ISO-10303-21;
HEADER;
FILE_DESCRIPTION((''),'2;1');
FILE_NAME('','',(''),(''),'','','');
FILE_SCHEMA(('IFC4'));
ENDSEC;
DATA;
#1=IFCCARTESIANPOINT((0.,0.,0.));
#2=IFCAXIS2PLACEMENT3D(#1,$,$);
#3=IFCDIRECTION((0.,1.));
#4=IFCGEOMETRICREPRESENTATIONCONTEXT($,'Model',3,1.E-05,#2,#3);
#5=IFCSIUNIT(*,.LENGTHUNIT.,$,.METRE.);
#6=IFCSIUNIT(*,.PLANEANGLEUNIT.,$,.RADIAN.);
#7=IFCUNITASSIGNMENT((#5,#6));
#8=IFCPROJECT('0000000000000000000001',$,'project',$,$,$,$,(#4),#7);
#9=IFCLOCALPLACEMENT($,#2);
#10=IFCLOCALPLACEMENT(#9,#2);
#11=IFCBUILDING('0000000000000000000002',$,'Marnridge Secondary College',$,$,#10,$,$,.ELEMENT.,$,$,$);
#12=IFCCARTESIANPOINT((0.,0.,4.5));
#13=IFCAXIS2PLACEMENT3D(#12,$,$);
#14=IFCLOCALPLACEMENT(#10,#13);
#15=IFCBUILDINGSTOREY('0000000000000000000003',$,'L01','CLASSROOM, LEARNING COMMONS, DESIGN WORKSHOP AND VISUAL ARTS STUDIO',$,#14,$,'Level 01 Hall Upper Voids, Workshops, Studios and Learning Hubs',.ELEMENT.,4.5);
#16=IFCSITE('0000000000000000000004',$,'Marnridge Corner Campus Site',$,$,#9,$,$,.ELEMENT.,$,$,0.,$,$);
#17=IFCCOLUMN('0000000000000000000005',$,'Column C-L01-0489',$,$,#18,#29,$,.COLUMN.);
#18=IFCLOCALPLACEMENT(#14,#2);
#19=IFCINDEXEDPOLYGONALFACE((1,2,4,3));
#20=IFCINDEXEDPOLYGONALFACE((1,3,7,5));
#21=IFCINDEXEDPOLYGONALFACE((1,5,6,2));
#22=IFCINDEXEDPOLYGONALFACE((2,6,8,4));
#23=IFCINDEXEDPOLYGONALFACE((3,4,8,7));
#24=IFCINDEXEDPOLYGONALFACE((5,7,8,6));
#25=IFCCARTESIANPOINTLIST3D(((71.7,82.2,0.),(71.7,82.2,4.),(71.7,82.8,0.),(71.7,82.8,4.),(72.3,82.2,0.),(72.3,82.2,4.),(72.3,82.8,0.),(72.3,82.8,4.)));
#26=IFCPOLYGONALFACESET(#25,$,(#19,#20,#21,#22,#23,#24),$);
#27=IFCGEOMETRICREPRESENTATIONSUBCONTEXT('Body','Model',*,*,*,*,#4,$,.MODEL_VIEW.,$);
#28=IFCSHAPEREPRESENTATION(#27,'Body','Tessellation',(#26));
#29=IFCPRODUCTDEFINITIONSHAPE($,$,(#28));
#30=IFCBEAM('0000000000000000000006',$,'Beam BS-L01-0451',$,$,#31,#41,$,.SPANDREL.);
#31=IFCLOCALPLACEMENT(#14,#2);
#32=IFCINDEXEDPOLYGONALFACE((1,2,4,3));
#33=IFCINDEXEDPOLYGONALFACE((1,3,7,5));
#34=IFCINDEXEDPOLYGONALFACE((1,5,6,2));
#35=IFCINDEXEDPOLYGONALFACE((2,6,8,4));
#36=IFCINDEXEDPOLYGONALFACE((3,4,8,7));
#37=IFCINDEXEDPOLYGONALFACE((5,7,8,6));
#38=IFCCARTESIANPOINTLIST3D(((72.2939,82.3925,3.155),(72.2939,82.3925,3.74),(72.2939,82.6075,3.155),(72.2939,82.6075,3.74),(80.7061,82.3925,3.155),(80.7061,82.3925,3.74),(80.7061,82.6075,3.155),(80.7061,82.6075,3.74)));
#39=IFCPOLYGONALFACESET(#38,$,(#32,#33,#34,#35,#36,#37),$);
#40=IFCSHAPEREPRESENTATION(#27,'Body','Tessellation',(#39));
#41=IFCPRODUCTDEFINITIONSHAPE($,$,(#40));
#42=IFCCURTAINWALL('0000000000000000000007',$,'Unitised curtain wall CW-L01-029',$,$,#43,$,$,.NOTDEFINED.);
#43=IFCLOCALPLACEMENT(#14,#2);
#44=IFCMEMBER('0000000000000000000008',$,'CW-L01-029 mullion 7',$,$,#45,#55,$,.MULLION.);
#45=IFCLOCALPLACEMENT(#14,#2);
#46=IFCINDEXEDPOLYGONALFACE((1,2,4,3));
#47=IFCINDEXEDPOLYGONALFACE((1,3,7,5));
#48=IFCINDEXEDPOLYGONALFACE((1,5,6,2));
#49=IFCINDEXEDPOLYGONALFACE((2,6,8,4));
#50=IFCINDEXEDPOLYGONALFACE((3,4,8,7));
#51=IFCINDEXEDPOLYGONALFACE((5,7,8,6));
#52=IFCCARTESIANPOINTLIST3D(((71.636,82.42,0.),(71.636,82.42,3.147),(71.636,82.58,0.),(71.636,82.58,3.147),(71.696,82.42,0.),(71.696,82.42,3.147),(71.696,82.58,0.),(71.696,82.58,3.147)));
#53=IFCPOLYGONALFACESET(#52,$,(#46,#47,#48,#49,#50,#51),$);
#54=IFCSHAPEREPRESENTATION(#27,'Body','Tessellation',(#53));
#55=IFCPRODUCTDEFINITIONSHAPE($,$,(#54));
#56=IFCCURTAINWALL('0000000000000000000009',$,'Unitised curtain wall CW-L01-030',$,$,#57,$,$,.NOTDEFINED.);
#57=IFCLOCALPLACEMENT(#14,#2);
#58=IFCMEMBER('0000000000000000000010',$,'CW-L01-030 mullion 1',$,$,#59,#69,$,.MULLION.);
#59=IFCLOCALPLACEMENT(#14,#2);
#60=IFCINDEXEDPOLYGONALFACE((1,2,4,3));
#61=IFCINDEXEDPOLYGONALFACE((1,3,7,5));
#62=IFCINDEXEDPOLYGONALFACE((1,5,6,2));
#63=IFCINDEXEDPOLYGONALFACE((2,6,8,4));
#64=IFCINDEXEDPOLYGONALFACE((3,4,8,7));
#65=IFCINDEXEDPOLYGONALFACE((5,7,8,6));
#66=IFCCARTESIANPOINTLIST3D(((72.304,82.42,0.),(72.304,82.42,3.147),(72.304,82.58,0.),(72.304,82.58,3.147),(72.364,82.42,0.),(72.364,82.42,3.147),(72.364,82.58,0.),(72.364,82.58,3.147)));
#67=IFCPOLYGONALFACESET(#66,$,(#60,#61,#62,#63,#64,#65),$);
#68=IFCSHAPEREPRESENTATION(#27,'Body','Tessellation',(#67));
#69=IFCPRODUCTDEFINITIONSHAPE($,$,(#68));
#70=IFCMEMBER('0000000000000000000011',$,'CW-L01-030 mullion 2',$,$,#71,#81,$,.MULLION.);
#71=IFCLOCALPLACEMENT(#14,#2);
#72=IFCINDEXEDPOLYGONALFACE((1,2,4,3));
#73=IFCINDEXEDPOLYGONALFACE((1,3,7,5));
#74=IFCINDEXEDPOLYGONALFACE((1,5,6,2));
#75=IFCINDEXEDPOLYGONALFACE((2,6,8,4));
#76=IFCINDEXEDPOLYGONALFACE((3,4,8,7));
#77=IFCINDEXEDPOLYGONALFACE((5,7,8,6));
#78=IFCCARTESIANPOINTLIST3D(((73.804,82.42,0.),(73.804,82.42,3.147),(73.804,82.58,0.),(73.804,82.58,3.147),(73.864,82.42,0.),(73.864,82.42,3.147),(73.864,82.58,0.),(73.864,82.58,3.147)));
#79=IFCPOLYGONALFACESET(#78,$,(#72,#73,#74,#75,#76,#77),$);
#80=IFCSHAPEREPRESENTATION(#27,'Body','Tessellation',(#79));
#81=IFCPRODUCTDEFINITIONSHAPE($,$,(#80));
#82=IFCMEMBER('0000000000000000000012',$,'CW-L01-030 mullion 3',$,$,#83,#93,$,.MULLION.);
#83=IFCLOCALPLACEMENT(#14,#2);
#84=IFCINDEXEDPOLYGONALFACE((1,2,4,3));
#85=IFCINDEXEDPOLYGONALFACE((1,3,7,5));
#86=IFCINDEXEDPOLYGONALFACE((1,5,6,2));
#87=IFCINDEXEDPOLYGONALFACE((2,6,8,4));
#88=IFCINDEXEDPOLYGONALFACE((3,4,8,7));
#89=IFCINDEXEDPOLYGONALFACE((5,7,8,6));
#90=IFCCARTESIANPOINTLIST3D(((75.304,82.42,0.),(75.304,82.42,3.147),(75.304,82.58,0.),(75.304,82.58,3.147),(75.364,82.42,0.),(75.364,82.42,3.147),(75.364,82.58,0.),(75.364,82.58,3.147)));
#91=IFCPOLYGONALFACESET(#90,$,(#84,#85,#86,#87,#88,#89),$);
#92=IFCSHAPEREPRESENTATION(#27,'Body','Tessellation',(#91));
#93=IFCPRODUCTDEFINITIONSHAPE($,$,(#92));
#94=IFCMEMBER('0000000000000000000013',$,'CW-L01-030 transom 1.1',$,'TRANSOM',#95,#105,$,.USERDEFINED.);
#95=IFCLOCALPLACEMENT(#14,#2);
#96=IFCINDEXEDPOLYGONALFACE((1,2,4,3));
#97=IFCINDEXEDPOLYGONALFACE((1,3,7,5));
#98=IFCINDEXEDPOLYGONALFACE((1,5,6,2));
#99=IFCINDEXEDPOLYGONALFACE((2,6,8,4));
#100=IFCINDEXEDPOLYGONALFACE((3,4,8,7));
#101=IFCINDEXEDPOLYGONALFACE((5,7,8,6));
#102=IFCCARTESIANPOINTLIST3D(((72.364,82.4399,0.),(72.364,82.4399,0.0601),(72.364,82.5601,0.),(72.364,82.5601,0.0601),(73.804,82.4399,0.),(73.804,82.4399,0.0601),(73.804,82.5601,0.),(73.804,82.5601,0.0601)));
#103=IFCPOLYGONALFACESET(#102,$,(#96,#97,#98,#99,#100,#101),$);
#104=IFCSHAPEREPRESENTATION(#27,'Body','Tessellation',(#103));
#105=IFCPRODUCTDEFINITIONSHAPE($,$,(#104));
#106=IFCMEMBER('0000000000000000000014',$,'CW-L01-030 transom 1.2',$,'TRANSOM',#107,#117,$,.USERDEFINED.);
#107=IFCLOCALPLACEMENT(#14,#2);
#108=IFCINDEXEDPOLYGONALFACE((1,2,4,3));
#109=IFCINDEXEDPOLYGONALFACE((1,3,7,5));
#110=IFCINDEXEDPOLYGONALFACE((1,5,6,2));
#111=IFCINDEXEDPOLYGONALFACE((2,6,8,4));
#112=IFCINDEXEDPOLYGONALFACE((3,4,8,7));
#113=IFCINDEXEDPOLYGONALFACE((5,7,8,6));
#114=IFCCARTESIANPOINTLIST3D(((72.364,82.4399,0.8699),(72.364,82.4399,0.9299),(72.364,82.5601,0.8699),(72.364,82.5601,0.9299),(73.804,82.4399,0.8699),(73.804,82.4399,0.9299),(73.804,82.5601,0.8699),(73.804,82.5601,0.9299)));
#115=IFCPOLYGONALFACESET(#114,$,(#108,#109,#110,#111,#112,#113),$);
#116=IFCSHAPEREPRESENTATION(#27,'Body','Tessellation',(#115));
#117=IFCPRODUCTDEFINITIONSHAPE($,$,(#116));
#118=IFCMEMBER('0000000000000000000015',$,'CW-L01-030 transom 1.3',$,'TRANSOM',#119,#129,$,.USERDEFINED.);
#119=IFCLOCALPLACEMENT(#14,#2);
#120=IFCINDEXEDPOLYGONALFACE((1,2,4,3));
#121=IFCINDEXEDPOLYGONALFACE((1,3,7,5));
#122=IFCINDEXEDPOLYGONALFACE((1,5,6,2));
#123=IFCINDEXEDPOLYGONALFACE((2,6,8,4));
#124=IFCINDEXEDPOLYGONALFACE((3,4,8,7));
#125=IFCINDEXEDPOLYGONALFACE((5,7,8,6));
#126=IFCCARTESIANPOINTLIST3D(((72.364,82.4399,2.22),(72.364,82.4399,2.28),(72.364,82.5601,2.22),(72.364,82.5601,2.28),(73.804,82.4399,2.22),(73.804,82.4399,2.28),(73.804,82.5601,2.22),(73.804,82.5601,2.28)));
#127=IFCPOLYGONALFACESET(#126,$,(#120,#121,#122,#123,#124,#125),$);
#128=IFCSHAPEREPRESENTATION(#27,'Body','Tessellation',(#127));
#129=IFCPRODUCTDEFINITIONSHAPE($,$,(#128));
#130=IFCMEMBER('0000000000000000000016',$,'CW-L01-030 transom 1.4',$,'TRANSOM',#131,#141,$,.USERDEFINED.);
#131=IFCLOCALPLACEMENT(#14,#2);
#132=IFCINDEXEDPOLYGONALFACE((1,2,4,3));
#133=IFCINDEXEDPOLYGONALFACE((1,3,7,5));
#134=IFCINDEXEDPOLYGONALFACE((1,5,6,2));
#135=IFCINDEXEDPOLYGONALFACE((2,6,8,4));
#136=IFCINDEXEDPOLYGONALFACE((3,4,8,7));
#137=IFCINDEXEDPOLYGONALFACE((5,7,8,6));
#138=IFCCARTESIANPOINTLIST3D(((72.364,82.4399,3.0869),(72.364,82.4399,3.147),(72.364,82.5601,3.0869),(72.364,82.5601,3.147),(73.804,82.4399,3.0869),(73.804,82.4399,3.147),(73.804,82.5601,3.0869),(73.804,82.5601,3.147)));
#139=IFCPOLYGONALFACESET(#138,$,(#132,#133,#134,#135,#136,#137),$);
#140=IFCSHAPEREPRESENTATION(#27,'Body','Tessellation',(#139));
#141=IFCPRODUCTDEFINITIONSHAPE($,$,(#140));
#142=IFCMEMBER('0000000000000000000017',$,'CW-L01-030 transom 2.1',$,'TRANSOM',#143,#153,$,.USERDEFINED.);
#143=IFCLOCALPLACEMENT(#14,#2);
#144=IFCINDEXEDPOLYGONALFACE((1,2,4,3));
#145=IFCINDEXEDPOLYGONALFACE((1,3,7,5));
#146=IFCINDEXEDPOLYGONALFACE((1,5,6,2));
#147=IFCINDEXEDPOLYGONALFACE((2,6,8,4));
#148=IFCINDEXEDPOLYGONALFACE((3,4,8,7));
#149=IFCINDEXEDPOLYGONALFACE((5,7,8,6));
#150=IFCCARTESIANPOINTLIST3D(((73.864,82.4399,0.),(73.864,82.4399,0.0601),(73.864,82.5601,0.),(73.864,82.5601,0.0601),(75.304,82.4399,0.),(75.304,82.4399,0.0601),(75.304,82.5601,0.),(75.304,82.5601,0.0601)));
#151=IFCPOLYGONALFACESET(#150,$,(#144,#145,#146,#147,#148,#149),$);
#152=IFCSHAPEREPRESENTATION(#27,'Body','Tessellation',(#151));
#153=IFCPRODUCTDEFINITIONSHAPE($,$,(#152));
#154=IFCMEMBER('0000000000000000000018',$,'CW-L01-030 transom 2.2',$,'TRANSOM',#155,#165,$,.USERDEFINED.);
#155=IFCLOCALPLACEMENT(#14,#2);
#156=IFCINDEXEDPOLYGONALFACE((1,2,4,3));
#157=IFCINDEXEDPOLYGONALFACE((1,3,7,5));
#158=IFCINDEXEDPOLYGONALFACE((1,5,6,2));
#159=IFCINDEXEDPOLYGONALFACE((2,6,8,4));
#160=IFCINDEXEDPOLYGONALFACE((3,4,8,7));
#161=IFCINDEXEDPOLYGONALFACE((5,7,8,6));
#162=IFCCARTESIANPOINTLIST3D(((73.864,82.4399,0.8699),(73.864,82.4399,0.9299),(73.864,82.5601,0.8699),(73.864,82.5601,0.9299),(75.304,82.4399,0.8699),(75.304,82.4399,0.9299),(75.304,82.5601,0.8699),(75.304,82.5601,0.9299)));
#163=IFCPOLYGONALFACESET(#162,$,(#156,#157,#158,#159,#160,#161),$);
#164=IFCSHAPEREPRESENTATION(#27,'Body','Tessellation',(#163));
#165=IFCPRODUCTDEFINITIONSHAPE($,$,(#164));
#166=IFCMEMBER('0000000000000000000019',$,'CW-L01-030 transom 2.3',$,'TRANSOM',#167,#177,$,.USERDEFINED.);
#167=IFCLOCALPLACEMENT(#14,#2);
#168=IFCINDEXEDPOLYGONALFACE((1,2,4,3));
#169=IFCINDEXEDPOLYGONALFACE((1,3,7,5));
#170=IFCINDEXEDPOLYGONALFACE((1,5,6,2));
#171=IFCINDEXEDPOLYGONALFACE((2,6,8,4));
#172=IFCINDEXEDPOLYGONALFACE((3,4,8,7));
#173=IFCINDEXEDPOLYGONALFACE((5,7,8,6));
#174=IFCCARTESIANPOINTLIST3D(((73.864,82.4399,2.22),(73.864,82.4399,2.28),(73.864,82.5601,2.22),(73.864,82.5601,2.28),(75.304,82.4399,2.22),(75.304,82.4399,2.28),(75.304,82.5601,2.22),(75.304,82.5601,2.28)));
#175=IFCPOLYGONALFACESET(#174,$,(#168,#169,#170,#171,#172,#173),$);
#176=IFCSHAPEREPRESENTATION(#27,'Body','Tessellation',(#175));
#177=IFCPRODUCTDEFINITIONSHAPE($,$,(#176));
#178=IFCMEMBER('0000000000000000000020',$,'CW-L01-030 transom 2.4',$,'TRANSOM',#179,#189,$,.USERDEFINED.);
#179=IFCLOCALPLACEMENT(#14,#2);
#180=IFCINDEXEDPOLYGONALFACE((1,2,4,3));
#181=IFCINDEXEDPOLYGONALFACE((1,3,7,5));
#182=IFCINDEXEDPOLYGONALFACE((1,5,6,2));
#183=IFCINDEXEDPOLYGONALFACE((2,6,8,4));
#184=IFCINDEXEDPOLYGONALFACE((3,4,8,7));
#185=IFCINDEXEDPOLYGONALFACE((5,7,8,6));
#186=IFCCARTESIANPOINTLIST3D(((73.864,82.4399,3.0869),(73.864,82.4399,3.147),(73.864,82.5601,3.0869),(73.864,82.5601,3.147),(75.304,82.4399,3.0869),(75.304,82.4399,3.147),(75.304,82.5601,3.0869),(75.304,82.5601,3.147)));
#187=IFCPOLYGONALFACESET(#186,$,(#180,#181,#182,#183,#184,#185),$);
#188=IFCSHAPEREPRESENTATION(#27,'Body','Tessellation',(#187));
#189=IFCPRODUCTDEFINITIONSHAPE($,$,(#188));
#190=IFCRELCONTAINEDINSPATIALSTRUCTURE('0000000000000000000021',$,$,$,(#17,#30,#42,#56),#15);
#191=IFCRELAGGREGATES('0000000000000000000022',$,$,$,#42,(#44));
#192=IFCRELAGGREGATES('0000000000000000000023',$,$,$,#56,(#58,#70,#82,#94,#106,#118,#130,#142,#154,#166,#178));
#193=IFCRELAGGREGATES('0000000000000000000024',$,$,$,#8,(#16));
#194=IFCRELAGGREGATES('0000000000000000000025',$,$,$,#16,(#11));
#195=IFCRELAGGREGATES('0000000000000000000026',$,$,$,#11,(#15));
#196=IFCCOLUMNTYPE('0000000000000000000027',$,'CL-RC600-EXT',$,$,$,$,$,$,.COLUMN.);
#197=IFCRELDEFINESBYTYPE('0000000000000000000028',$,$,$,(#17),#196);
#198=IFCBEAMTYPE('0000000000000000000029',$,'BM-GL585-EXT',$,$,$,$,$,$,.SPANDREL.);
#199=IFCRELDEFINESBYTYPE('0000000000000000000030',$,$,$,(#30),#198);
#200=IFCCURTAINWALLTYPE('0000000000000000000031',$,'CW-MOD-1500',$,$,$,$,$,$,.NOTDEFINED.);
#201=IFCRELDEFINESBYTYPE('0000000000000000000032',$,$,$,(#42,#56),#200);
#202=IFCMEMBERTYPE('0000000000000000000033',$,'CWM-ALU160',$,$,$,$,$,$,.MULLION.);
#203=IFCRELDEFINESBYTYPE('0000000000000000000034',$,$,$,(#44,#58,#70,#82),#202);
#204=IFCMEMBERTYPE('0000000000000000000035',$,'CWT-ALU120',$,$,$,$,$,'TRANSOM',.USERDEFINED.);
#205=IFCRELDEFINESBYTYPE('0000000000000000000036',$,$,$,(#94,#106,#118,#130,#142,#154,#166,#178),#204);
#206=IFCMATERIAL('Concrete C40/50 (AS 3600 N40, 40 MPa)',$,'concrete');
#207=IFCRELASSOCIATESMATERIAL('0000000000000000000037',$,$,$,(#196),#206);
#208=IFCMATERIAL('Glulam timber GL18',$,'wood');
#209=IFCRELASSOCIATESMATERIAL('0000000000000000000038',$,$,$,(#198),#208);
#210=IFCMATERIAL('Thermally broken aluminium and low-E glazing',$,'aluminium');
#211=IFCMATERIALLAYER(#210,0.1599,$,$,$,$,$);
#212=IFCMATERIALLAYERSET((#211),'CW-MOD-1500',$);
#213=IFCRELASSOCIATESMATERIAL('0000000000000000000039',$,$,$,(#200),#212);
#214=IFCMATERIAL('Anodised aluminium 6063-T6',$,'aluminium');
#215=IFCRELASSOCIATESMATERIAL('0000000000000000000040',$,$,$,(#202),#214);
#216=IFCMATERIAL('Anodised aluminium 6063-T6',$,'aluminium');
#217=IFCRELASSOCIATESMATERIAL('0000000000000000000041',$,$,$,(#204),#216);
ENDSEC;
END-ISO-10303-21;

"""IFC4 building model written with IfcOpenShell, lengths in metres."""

from ifc_helpers import new_model, si_unit, direction, frame, origin, origin_2d, place, context, subcontext, project, spatial, rectangle, extrude, material, layer, layer_set, material_profile, profile_set, type_object, element, aggregate, save


model = new_model("IFC4")

# Units and contexts
model_context = context("Model", 3, precision=1e-05, world=origin(), true_north=direction((0.0, 1.0)))
body_context = subcontext(model_context, "Body", "Model", "MODEL_VIEW")
ifc_project = project(units=[si_unit("LENGTHUNIT", "METRE"), si_unit("PLANEANGLEUNIT", "RADIAN")], contexts=[model_context])

# Site, building, storey
site_placement = place(None, origin())
site = spatial("IfcSite", under=ifc_project, at=site_placement, Name="Marnridge Corner Campus Site", CompositionType="ELEMENT", RefElevation=0.0)
building_placement = place(site_placement, origin())
building = spatial("IfcBuilding", under=site, at=building_placement, Name="Marnridge Secondary College", CompositionType="ELEMENT")
storey_placement = place(building_placement, frame((0.0, 0.0, 4.5)))
storey = spatial("IfcBuildingStorey", under=building, at=storey_placement, Name="L01", Description="CLASSROOM, LEARNING COMMONS, DESIGN WORKSHOP AND VISUAL ARTS STUDIO", LongName="Level 01 Hall Upper Voids, Workshops, Studios and Learning Hubs", CompositionType="ELEMENT", Elevation=4.5)

# Column
ifc_material_1 = material(Name="Concrete C40/50 (AS 3600 N40, 40 MPa)", Category="concrete")
ifc_material_profile_1 = material_profile(ifc_material_1, rectangle(XDim=0.6001, YDim=0.6001, at=origin_2d()), Name="RC 600x600")
ifc_profile_set_1 = profile_set([ifc_material_profile_1], Name="Concrete C40/50 (AS 3600 N40, 40 MPa)")
column_type = type_object("IfcColumnType", Name="CL-RC600-EXT", PredefinedType="COLUMN", material=ifc_profile_set_1)
column_placement = place(storey_placement, frame((72.0, 82.5, 0.0), z_axis=(0.0, 0.0, 1.0), x_axis=(1.0, 0.0, 0.0)))
element("IfcColumn", 1, at=column_placement, inside=storey, type_object=column_type, Name="Column C-L01-0489", PredefinedType="COLUMN", context=body_context, shape_type="SweptSolid", body=[
    extrude(rectangle(XDim=0.6001, YDim=0.6001, at=origin_2d()), origin(), (0.0, 0.0, 1.0), 4.0),
])

# Beam
ifc_material_2 = material(Name="Glulam timber GL18", Category="wood")
ifc_material_profile_2 = material_profile(ifc_material_2, rectangle(XDim=0.2151, YDim=0.585, at=origin_2d()), Name="GL18 215x585")
ifc_profile_set_2 = profile_set([ifc_material_profile_2], Name="Glulam timber GL18")
beam_type = type_object("IfcBeamType", Name="BM-GL585-EXT", PredefinedType="SPANDREL", material=ifc_profile_set_2)
beam_placement = place(storey_placement, frame((72.2939, 82.5, 3.4475), z_axis=(1.0, 0.0, 0.0), x_axis=(0.0, 1.0, 0.0)))
element("IfcBeam", 2, at=beam_placement, inside=storey, type_object=beam_type, Name="Beam BS-L01-0451", PredefinedType="SPANDREL", context=body_context, shape_type="SweptSolid", body=[
    extrude(rectangle(XDim=0.2151, YDim=0.585, at=origin_2d()), origin(), (0.0, 0.0, 1.0), 8.4121),
])

# Curtain wall, member
ifc_material_3 = material(Name="Thermally broken aluminium and low-E glazing", Category="aluminium")
ifc_layer_1 = layer(ifc_material_3, 0.1599)
ifc_layer_set_1 = layer_set([ifc_layer_1], Name="CW-MOD-1500")
curtain_wall_type = type_object("IfcCurtainWallType", Name="CW-MOD-1500", PredefinedType="NOTDEFINED", material=ifc_layer_set_1)
curtain_wall_1_placement = place(storey_placement, origin())
curtain_wall_1 = element("IfcCurtainWall", 3, at=curtain_wall_1_placement, inside=storey, type_object=curtain_wall_type, Name="Unitised curtain wall CW-L01-029", PredefinedType="NOTDEFINED")
ifc_material_4 = material(Name="Anodised aluminium 6063-T6", Category="aluminium")
ifc_material_profile_3 = material_profile(ifc_material_4, rectangle(XDim=0.0601, YDim=0.1599, at=origin_2d()), Name="ALU 60x160")
ifc_profile_set_3 = profile_set([ifc_material_profile_3], Name="Anodised aluminium 6063-T6")
member_type_1 = type_object("IfcMemberType", Name="CWM-ALU160", PredefinedType="MULLION", material=ifc_profile_set_3)
member_1_placement = place(storey_placement, frame((71.666, 82.5, 0.0), z_axis=(0.0, 0.0, 1.0), x_axis=(1.0, 0.0, 0.0)))
member_1 = element("IfcMember", 4, at=member_1_placement, type_object=member_type_1, Name="CW-L01-029 mullion 7", PredefinedType="MULLION", context=body_context, shape_type="SweptSolid", body=[
    extrude(rectangle(XDim=0.0601, YDim=0.1599, at=origin_2d()), origin(), (0.0, 0.0, 1.0), 3.147),
])

# Curtain wall, members
curtain_wall_2_placement = place(storey_placement, origin())
curtain_wall_2 = element("IfcCurtainWall", 5, at=curtain_wall_2_placement, inside=storey, type_object=curtain_wall_type, Name="Unitised curtain wall CW-L01-030", PredefinedType="NOTDEFINED")
member_2_placement = place(storey_placement, frame((72.334, 82.5, 0.0), z_axis=(0.0, 0.0, 1.0), x_axis=(1.0, 0.0, 0.0)))
member_2 = element("IfcMember", 6, at=member_2_placement, type_object=member_type_1, Name="CW-L01-030 mullion 1", PredefinedType="MULLION", context=body_context, shape_type="SweptSolid", body=[
    extrude(rectangle(XDim=0.0601, YDim=0.1599, at=origin_2d()), origin(), (0.0, 0.0, 1.0), 3.147),
])
member_3_placement = place(storey_placement, frame((73.834, 82.5, 0.0), z_axis=(0.0, 0.0, 1.0), x_axis=(1.0, 0.0, 0.0)))
member_3 = element("IfcMember", 7, at=member_3_placement, type_object=member_type_1, Name="CW-L01-030 mullion 2", PredefinedType="MULLION", context=body_context, shape_type="SweptSolid", body=[
    extrude(rectangle(XDim=0.0601, YDim=0.1599, at=origin_2d()), origin(), (0.0, 0.0, 1.0), 3.147),
])
member_4_placement = place(storey_placement, frame((75.334, 82.5, 0.0), z_axis=(0.0, 0.0, 1.0), x_axis=(1.0, 0.0, 0.0)))
member_4 = element("IfcMember", 8, at=member_4_placement, type_object=member_type_1, Name="CW-L01-030 mullion 3", PredefinedType="MULLION", context=body_context, shape_type="SweptSolid", body=[
    extrude(rectangle(XDim=0.0601, YDim=0.1599, at=origin_2d()), origin(), (0.0, 0.0, 1.0), 3.147),
])
ifc_material_5 = material(Name="Anodised aluminium 6063-T6", Category="aluminium")
ifc_material_profile_4 = material_profile(ifc_material_5, rectangle(XDim=0.0601, YDim=0.1201, at=origin_2d()), Name="ALU 60x120")
ifc_profile_set_4 = profile_set([ifc_material_profile_4], Name="Anodised aluminium 6063-T6")
member_type_2 = type_object("IfcMemberType", Name="CWT-ALU120", ElementType="TRANSOM", PredefinedType="USERDEFINED", material=ifc_profile_set_4)
member_5_placement = place(storey_placement, frame((72.364, 82.5, 0.03), z_axis=(1.0, 0.0, 0.0), x_axis=(0.0, 0.0, 1.0)))
member_5 = element("IfcMember", 9, at=member_5_placement, type_object=member_type_2, Name="CW-L01-030 transom 1.1", ObjectType="TRANSOM", PredefinedType="USERDEFINED", context=body_context, shape_type="SweptSolid", body=[
    extrude(rectangle(XDim=0.0601, YDim=0.1201, at=origin_2d()), origin(), (0.0, 0.0, 1.0), 1.4399),
])
member_6_placement = place(storey_placement, frame((72.364, 82.5, 0.8999), z_axis=(1.0, 0.0, 0.0), x_axis=(0.0, 0.0, 1.0)))
member_6 = element("IfcMember", 10, at=member_6_placement, type_object=member_type_2, Name="CW-L01-030 transom 1.2", ObjectType="TRANSOM", PredefinedType="USERDEFINED", context=body_context, shape_type="SweptSolid", body=[
    extrude(rectangle(XDim=0.0601, YDim=0.1201, at=origin_2d()), origin(), (0.0, 0.0, 1.0), 1.4399),
])
member_7_placement = place(storey_placement, frame((72.364, 82.5, 2.25), z_axis=(1.0, 0.0, 0.0), x_axis=(0.0, 0.0, 1.0)))
member_7 = element("IfcMember", 11, at=member_7_placement, type_object=member_type_2, Name="CW-L01-030 transom 1.3", ObjectType="TRANSOM", PredefinedType="USERDEFINED", context=body_context, shape_type="SweptSolid", body=[
    extrude(rectangle(XDim=0.0601, YDim=0.1201, at=origin_2d()), origin(), (0.0, 0.0, 1.0), 1.4399),
])
member_8_placement = place(storey_placement, frame((72.364, 82.5, 3.1169), z_axis=(1.0, 0.0, 0.0), x_axis=(0.0, 0.0, 1.0)))
member_8 = element("IfcMember", 12, at=member_8_placement, type_object=member_type_2, Name="CW-L01-030 transom 1.4", ObjectType="TRANSOM", PredefinedType="USERDEFINED", context=body_context, shape_type="SweptSolid", body=[
    extrude(rectangle(XDim=0.0601, YDim=0.1201, at=origin_2d()), origin(), (0.0, 0.0, 1.0), 1.4399),
])
member_9_placement = place(storey_placement, frame((73.864, 82.5, 0.03), z_axis=(1.0, 0.0, 0.0), x_axis=(0.0, 0.0, 1.0)))
member_9 = element("IfcMember", 13, at=member_9_placement, type_object=member_type_2, Name="CW-L01-030 transom 2.1", ObjectType="TRANSOM", PredefinedType="USERDEFINED", context=body_context, shape_type="SweptSolid", body=[
    extrude(rectangle(XDim=0.0601, YDim=0.1201, at=origin_2d()), origin(), (0.0, 0.0, 1.0), 1.4399),
])
member_10_placement = place(storey_placement, frame((73.864, 82.5, 0.8999), z_axis=(1.0, 0.0, 0.0), x_axis=(0.0, 0.0, 1.0)))
member_10 = element("IfcMember", 14, at=member_10_placement, type_object=member_type_2, Name="CW-L01-030 transom 2.2", ObjectType="TRANSOM", PredefinedType="USERDEFINED", context=body_context, shape_type="SweptSolid", body=[
    extrude(rectangle(XDim=0.0601, YDim=0.1201, at=origin_2d()), origin(), (0.0, 0.0, 1.0), 1.4399),
])
member_11_placement = place(storey_placement, frame((73.864, 82.5, 2.25), z_axis=(1.0, 0.0, 0.0), x_axis=(0.0, 0.0, 1.0)))
member_11 = element("IfcMember", 15, at=member_11_placement, type_object=member_type_2, Name="CW-L01-030 transom 2.3", ObjectType="TRANSOM", PredefinedType="USERDEFINED", context=body_context, shape_type="SweptSolid", body=[
    extrude(rectangle(XDim=0.0601, YDim=0.1201, at=origin_2d()), origin(), (0.0, 0.0, 1.0), 1.4399),
])
member_12_placement = place(storey_placement, frame((73.864, 82.5, 3.1169), z_axis=(1.0, 0.0, 0.0), x_axis=(0.0, 0.0, 1.0)))
member_12 = element("IfcMember", 16, at=member_12_placement, type_object=member_type_2, Name="CW-L01-030 transom 2.4", ObjectType="TRANSOM", PredefinedType="USERDEFINED", context=body_context, shape_type="SweptSolid", body=[
    extrude(rectangle(XDim=0.0601, YDim=0.1201, at=origin_2d()), origin(), (0.0, 0.0, 1.0), 1.4399),
])

aggregate(curtain_wall_1, [member_1])
aggregate(curtain_wall_2, [member_2, member_3, member_4, member_5, member_6, member_7, member_8, member_9, member_10, member_11, member_12])

save(model, "model.ifc")
